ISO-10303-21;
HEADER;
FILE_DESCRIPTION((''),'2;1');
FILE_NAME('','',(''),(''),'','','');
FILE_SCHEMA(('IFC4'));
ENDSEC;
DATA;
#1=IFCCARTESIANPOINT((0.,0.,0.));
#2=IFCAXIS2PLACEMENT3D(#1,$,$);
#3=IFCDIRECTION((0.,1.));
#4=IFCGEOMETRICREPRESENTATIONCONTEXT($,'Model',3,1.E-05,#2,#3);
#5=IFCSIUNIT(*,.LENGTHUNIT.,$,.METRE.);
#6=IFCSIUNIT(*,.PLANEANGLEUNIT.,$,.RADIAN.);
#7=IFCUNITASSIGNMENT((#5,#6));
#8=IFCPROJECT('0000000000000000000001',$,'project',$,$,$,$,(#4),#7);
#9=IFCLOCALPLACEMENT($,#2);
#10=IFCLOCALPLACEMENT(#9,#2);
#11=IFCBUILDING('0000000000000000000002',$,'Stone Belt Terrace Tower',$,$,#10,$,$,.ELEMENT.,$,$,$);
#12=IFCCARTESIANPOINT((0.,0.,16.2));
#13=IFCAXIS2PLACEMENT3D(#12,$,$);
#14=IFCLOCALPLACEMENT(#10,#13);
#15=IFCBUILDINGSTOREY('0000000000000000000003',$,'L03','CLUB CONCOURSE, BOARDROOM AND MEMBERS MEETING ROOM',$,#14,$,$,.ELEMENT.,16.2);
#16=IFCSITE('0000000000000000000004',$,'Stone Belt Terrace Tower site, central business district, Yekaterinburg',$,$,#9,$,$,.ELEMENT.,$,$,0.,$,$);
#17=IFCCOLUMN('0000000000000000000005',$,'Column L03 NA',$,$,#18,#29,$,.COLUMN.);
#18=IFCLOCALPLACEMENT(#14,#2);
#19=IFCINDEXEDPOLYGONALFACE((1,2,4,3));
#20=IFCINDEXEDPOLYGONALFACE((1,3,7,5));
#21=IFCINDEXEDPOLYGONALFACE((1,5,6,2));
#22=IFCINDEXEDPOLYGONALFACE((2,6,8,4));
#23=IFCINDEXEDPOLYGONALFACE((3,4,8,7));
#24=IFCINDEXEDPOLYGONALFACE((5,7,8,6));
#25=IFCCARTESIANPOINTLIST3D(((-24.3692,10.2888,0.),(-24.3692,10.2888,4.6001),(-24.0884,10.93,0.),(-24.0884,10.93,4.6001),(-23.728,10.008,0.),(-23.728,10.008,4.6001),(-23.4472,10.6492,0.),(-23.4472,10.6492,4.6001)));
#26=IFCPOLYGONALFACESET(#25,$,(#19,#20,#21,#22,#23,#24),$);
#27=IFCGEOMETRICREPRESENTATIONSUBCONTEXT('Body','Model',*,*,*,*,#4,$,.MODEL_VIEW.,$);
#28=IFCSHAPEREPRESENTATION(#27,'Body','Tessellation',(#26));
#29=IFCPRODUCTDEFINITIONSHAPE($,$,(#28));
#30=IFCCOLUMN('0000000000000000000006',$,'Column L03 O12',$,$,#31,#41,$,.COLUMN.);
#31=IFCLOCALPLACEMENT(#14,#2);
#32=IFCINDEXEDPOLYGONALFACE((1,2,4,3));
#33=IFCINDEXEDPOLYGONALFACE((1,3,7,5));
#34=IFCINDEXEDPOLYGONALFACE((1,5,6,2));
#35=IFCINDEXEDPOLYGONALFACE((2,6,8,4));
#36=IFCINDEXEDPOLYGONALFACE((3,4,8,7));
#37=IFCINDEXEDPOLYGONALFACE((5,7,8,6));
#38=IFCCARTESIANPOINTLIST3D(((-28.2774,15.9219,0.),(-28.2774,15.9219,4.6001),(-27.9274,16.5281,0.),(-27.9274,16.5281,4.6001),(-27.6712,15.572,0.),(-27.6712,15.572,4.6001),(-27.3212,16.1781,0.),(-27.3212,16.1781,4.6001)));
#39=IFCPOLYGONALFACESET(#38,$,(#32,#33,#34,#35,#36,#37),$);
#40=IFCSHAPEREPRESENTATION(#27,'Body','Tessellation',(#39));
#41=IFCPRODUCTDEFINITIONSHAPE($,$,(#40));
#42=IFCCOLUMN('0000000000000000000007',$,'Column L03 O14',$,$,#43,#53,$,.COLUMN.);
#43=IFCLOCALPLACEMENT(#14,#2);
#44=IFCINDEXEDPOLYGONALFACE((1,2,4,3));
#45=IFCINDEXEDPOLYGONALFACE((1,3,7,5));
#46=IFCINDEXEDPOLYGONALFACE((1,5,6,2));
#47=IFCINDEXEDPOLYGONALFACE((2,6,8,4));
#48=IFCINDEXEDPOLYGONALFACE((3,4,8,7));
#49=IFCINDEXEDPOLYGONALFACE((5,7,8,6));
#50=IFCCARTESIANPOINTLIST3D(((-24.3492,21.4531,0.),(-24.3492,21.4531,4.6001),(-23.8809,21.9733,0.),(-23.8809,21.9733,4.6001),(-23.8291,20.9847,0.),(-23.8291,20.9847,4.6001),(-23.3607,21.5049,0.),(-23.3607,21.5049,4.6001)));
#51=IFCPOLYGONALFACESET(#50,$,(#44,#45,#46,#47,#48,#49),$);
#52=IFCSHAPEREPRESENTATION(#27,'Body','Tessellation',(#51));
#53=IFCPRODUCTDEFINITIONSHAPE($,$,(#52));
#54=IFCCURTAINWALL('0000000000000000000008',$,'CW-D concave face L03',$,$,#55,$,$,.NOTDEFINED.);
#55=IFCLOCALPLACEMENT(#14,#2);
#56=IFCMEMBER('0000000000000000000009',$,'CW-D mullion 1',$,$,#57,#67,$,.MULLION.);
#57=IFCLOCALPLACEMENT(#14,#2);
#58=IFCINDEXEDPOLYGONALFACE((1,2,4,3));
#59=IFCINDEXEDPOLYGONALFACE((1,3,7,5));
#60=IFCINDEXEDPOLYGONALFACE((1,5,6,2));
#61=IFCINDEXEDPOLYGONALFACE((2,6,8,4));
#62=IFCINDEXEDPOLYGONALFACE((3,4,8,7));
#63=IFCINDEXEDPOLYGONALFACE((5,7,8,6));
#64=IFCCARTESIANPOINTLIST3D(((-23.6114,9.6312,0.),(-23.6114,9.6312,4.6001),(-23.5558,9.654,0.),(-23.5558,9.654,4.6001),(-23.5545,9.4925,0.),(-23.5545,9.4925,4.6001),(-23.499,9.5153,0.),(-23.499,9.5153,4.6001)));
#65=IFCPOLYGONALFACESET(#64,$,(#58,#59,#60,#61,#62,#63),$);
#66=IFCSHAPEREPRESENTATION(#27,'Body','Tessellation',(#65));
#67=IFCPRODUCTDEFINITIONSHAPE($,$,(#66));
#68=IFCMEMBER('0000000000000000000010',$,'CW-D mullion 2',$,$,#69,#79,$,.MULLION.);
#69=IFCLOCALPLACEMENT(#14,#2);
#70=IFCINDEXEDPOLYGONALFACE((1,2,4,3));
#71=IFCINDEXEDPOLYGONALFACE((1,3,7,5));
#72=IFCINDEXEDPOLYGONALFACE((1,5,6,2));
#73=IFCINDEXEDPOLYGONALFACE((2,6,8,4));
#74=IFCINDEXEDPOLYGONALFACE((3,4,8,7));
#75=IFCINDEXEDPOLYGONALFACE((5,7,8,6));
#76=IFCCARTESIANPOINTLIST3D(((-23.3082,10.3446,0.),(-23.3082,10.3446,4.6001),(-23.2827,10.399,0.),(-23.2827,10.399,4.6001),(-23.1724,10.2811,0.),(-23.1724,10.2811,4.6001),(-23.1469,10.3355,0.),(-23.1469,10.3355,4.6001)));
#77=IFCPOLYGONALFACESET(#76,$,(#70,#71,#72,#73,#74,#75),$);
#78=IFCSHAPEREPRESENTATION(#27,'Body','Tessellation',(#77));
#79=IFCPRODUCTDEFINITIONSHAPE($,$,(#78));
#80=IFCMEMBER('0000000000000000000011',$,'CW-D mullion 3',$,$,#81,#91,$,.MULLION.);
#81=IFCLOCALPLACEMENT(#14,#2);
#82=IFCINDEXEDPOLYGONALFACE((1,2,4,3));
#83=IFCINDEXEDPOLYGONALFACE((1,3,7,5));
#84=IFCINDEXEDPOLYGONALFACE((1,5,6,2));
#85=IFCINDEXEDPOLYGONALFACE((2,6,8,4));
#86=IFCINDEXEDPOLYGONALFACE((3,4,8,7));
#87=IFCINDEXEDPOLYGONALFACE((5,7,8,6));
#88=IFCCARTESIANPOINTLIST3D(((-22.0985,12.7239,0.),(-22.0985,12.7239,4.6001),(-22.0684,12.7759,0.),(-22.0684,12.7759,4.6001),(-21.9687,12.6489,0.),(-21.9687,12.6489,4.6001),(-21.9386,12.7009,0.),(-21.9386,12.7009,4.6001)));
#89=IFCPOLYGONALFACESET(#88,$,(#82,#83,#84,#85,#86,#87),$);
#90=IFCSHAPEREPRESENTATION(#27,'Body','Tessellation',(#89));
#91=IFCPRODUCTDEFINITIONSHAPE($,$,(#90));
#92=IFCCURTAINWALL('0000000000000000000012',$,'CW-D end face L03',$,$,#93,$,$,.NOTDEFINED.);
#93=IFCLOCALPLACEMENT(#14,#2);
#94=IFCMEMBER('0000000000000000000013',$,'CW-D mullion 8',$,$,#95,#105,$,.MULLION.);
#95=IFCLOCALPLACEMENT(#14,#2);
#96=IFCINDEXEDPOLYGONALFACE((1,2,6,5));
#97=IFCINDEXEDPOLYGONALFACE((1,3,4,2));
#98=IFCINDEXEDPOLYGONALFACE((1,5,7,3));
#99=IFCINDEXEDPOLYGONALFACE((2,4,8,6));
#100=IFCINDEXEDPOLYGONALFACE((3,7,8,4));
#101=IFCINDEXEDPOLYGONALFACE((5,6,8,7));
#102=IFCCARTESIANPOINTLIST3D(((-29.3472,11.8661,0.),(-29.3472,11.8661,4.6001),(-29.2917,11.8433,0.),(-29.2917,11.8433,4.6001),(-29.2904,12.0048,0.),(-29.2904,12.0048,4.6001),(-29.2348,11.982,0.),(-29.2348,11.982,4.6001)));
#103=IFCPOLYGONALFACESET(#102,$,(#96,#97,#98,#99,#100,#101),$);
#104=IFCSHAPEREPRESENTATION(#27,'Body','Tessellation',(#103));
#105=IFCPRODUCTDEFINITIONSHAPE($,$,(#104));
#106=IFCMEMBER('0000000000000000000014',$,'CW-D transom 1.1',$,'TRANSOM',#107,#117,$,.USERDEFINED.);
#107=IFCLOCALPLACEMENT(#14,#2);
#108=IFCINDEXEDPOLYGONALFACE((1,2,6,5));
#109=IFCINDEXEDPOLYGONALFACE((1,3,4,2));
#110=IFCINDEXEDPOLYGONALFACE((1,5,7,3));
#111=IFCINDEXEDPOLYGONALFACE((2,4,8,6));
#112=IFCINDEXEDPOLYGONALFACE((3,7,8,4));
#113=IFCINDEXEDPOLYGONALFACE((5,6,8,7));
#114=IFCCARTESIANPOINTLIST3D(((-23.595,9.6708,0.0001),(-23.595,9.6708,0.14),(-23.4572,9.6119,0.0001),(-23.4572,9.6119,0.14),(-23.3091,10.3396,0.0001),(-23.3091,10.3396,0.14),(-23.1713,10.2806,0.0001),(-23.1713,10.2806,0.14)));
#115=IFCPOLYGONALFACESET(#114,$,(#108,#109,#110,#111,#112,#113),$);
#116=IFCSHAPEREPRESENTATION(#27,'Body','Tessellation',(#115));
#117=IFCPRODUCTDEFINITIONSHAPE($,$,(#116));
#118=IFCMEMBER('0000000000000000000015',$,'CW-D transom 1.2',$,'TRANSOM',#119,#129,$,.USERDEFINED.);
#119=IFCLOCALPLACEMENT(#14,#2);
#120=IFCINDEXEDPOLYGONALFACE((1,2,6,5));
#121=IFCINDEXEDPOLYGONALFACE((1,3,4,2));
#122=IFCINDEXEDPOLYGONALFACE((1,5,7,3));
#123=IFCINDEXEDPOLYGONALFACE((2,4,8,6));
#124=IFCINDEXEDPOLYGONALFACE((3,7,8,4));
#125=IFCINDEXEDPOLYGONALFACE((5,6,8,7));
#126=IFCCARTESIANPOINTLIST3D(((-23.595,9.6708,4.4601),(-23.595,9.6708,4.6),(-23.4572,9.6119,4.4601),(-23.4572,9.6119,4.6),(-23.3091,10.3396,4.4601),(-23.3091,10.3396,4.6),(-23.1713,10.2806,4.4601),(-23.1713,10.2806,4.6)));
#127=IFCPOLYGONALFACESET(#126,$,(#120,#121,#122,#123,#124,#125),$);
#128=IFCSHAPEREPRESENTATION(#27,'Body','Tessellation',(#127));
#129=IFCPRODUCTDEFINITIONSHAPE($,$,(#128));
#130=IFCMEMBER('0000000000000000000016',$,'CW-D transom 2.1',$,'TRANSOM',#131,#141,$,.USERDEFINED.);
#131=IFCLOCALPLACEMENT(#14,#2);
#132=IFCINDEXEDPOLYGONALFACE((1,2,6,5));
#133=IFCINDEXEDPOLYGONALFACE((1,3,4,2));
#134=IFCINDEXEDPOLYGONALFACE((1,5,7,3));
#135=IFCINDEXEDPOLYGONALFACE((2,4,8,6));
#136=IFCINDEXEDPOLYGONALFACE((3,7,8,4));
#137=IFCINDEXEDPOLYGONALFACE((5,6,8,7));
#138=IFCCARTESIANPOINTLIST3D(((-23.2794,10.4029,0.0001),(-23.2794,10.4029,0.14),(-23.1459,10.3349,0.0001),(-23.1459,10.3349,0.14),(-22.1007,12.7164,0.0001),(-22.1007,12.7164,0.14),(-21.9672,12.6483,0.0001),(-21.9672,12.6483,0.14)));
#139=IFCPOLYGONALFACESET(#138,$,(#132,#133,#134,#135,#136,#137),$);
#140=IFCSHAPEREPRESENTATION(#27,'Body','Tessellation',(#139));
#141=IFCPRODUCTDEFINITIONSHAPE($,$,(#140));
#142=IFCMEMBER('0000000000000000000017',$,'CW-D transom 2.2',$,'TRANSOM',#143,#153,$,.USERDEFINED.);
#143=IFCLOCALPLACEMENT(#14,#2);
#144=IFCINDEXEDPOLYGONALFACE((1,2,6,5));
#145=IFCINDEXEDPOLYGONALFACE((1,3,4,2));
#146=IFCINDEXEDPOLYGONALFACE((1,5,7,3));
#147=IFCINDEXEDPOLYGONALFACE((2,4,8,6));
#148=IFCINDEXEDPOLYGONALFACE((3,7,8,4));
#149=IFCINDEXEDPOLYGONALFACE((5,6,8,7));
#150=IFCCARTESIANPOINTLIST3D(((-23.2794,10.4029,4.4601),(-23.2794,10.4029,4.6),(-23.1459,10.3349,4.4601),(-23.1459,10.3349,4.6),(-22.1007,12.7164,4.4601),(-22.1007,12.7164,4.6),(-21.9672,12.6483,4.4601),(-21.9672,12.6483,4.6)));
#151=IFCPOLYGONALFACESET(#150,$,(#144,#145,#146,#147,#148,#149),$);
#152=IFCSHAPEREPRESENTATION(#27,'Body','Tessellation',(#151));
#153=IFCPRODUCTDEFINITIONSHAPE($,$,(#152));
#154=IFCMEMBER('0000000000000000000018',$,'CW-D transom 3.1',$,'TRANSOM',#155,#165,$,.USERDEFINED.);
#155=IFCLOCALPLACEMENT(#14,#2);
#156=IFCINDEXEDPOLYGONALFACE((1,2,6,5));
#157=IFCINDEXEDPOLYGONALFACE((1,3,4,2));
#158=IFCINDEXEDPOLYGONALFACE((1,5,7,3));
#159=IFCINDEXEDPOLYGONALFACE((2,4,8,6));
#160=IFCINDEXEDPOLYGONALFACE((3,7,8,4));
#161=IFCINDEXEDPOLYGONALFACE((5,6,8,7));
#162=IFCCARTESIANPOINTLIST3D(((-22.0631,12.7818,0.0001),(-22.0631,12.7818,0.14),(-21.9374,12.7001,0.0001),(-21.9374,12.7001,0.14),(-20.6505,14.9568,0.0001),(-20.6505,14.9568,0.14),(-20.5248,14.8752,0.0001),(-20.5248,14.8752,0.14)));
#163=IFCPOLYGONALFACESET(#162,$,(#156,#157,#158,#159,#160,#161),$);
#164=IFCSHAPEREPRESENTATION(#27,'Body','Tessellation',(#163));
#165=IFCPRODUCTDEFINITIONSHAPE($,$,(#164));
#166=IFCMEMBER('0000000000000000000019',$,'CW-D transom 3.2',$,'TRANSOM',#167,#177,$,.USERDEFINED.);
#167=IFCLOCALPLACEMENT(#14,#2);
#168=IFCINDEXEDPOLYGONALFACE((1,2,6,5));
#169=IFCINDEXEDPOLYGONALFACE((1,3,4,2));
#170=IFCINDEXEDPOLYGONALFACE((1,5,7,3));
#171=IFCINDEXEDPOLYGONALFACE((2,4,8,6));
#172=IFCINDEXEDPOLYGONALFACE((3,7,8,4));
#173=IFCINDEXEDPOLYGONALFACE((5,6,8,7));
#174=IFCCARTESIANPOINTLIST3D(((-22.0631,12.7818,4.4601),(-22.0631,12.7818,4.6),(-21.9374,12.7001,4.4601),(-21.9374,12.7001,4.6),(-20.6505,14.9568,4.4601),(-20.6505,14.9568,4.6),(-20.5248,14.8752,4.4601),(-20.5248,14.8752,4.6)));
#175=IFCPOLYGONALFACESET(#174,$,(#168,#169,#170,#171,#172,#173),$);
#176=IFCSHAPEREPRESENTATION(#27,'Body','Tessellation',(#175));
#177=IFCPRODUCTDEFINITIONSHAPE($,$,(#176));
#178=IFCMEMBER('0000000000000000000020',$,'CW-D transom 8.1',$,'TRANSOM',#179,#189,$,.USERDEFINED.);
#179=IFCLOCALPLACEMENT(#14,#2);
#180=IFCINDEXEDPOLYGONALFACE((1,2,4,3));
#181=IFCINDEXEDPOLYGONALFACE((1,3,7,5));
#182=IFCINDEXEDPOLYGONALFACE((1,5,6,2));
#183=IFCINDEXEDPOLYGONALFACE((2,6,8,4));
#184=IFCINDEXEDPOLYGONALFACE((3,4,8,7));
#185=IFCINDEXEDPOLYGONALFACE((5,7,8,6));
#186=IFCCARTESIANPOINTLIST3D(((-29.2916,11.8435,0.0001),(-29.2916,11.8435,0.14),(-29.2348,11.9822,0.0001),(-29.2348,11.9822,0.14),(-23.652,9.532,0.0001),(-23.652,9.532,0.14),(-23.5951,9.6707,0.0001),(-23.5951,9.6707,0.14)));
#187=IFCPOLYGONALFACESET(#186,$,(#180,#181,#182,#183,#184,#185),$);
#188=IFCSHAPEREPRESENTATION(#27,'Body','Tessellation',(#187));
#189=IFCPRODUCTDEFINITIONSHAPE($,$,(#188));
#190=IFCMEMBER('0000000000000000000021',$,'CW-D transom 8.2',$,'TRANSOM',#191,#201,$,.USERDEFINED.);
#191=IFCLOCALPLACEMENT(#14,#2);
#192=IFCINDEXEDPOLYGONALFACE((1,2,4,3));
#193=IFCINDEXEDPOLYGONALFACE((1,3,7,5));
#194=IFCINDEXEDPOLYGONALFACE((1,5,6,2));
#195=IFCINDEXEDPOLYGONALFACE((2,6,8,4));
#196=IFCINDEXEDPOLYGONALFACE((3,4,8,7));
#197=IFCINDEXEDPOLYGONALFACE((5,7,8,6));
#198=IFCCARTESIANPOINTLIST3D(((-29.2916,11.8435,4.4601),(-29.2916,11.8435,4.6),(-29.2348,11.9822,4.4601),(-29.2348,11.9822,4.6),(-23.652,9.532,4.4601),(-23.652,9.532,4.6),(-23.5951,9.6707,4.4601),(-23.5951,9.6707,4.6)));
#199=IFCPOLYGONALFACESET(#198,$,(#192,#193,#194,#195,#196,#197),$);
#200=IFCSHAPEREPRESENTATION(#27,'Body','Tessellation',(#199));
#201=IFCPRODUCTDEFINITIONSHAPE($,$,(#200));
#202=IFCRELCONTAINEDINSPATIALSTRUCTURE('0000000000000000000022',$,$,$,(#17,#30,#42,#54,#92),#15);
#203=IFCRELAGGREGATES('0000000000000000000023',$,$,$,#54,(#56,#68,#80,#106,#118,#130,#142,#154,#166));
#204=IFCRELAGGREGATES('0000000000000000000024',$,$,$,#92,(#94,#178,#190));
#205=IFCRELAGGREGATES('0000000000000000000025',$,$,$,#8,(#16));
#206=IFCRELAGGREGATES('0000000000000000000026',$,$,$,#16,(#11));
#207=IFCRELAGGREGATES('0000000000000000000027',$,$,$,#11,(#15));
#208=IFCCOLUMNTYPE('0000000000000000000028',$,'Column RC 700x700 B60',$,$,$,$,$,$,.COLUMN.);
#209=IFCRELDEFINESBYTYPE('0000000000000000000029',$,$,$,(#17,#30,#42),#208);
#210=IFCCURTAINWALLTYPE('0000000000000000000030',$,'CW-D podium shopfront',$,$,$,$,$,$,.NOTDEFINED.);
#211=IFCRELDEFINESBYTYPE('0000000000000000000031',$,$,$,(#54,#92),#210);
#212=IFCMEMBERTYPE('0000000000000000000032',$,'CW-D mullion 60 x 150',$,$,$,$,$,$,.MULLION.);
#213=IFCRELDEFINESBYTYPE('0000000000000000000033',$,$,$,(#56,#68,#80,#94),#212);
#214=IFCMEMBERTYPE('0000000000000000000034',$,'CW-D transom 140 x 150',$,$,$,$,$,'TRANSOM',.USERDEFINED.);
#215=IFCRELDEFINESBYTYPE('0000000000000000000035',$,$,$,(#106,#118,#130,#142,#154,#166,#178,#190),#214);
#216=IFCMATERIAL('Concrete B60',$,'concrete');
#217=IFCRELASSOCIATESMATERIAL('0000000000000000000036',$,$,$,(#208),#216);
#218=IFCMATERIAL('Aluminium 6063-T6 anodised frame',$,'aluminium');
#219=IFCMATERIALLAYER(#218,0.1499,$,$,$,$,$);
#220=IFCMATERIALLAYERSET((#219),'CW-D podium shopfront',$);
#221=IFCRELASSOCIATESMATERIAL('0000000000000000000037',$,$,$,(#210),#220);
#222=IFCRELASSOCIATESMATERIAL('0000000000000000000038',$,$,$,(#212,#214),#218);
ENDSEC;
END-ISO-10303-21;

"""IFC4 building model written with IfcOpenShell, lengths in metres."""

from ifc_helpers import new_model, si_unit, direction, frame, origin, origin_2d, place, context, subcontext, project, spatial, rectangle, extrude, material, layer, layer_set, material_profile, profile_set, type_object, element, aggregate, save


model = new_model("IFC4")

# Units and contexts
model_context = context("Model", 3, precision=1e-05, world=origin(), true_north=direction((0.0, 1.0)))
body_context = subcontext(model_context, "Body", "Model", "MODEL_VIEW")
ifc_project = project(units=[si_unit("LENGTHUNIT", "METRE"), si_unit("PLANEANGLEUNIT", "RADIAN")], contexts=[model_context])

# Site, building, storey
site_placement = place(None, origin())
site = spatial("IfcSite", under=ifc_project, at=site_placement, Name="Stone Belt Terrace Tower site, central business district, Yekaterinburg", CompositionType="ELEMENT", RefElevation=0.0)
building_placement = place(site_placement, origin())
building = spatial("IfcBuilding", under=site, at=building_placement, Name="Stone Belt Terrace Tower", CompositionType="ELEMENT")
storey_placement = place(building_placement, frame((0.0, 0.0, 16.2)))
storey = spatial("IfcBuildingStorey", under=building, at=storey_placement, Name="L03", Description="CLUB CONCOURSE, BOARDROOM AND MEMBERS MEETING ROOM", CompositionType="ELEMENT", Elevation=16.2)

# Columns
ifc_material_1 = material(Name="Concrete B60", Category="concrete")
ifc_material_profile_1 = material_profile(ifc_material_1, rectangle(XDim=0.7, YDim=0.7, at=origin_2d()), Name="RC 700x700")
ifc_profile_set_1 = profile_set([ifc_material_profile_1], Name="Concrete B60")
column_type = type_object("IfcColumnType", Name="Column RC 700x700 B60", PredefinedType="COLUMN", material=ifc_profile_set_1)
for number, where, z_axis, x_axis, name in (
    (1, (-23.9082, 10.469, 0.0), (0.0, 0.0, 1.0), (0.401115, 0.916028, 0.0), "Column L03 NA"),
    (2, (-27.7993, 16.05, 0.0), (0.0, 0.0, 1.0), (0.5, 0.866025, 0.0), "Column L03 O12"),
    (3, (-23.855, 21.479, 0.0), (0.0, 0.0, 1.0), (0.669131, 0.743145, 0.0), "Column L03 O14"),
):
    element("IfcColumn", number, at=place(storey_placement, frame(where, z_axis=z_axis, x_axis=x_axis)), inside=storey, type_object=column_type, Name=name, PredefinedType="COLUMN", context=body_context, shape_type="SweptSolid", body=[
        extrude(rectangle(XDim=0.7, YDim=0.7, at=origin_2d()), origin(), (0.0, 0.0, 1.0), 4.6001),
    ])

# Curtain wall, members
ifc_material_2 = material(Name="Aluminium 6063-T6 anodised frame", Category="aluminium")
ifc_layer_1 = layer(ifc_material_2, 0.1499)
ifc_layer_set_1 = layer_set([ifc_layer_1], Name="CW-D podium shopfront")
curtain_wall_type = type_object("IfcCurtainWallType", Name="CW-D podium shopfront", PredefinedType="NOTDEFINED", material=ifc_layer_set_1)
curtain_wall_1_placement = place(storey_placement, origin())
curtain_wall_1 = element("IfcCurtainWall", 4, at=curtain_wall_1_placement, inside=storey, type_object=curtain_wall_type, Name="CW-D concave face L03", PredefinedType="NOTDEFINED")
ifc_material_profile_2 = material_profile(ifc_material_2, rectangle(XDim=0.1499, YDim=0.0601, at=origin_2d()), Name="Aluminium 6063-T6 60x150")
ifc_profile_set_2 = profile_set([ifc_material_profile_2], Name="Aluminium 6063-T6 anodised frame")
member_type_1 = type_object("IfcMemberType", Name="CW-D mullion 60 x 150", PredefinedType="MULLION", material=ifc_profile_set_2)
member_1_placement = place(storey_placement, frame((-23.5552, 9.5732, 0.0), z_axis=(0.0, 0.0, 1.0), x_axis=(-0.379212, 0.92531, 0.0)))
member_1 = element("IfcMember", 5, at=member_1_placement, type_object=member_type_1, Name="CW-D mullion 1", PredefinedType="MULLION", context=body_context, shape_type="SweptSolid", body=[
    extrude(rectangle(XDim=0.1499, YDim=0.0601, at=origin_2d()), origin(), (0.0, 0.0, 1.0), 4.6001),
])
member_2_placement = place(storey_placement, frame((-23.2275, 10.3401, 0.0), z_axis=(0.0, 0.0, 1.0), x_axis=(-0.905778, 0.423752, 0.0)))
member_2 = element("IfcMember", 6, at=member_2_placement, type_object=member_type_1, Name="CW-D mullion 2", PredefinedType="MULLION", context=body_context, shape_type="SweptSolid", body=[
    extrude(rectangle(XDim=0.1499, YDim=0.0601, at=origin_2d()), origin(), (0.0, 0.0, 1.0), 4.6001),
])
member_3_placement = place(storey_placement, frame((-22.0186, 12.7124, 0.0), z_axis=(0.0, 0.0, 1.0), x_axis=(-0.866025, 0.5, 0.0)))
member_3 = element("IfcMember", 7, at=member_3_placement, type_object=member_type_1, Name="CW-D mullion 3", PredefinedType="MULLION", context=body_context, shape_type="SweptSolid", body=[
    extrude(rectangle(XDim=0.1499, YDim=0.0601, at=origin_2d()), origin(), (0.0, 0.0, 1.0), 4.6001),
])

# Curtain wall, member
curtain_wall_2_placement = place(storey_placement, origin())
curtain_wall_2 = element("IfcCurtainWall", 8, at=curtain_wall_2_placement, inside=storey, type_object=curtain_wall_type, Name="CW-D end face L03", PredefinedType="NOTDEFINED")
member_4_placement = place(storey_placement, frame((-29.291, 11.9241, 0.0), z_axis=(0.0, 0.0, 1.0), x_axis=(0.379243, 0.925297, 0.0)))
member_4 = element("IfcMember", 9, at=member_4_placement, type_object=member_type_1, Name="CW-D mullion 8", PredefinedType="MULLION", context=body_context, shape_type="SweptSolid", body=[
    extrude(rectangle(XDim=0.1499, YDim=0.0601, at=origin_2d()), origin(), (0.0, 0.0, 1.0), 4.6001),
])

# Members
ifc_material_profile_3 = material_profile(ifc_material_2, rectangle(XDim=0.1499, YDim=0.1399, at=origin_2d()), Name="Aluminium 6063-T6 150x140")
ifc_profile_set_3 = profile_set([ifc_material_profile_3], Name="Aluminium 6063-T6 anodised frame")
member_type_2 = type_object("IfcMemberType", Name="CW-D transom 140 x 150", ElementType="TRANSOM", PredefinedType="USERDEFINED", material=ifc_profile_set_3)
member_5_placement = place(storey_placement, frame((-23.5261, 9.6414, 0.0701), z_axis=(0.393109, 0.919492, 0.0), x_axis=(-0.919492, 0.393109, 0.0)))
member_5 = element("IfcMember", 10, at=member_5_placement, type_object=member_type_2, Name="CW-D transom 1.1", ObjectType="TRANSOM", PredefinedType="USERDEFINED", context=body_context, shape_type="SweptSolid", body=[
    extrude(rectangle(XDim=0.1499, YDim=0.1399, at=origin_2d()), origin(), (0.0, 0.0, 1.0), 0.7273),
])
member_6_placement = place(storey_placement, frame((-23.5261, 9.6414, 4.53), z_axis=(0.393109, 0.919492, 0.0), x_axis=(-0.919492, 0.393109, 0.0)))
member_6 = element("IfcMember", 11, at=member_6_placement, type_object=member_type_2, Name="CW-D transom 1.2", ObjectType="TRANSOM", PredefinedType="USERDEFINED", context=body_context, shape_type="SweptSolid", body=[
    extrude(rectangle(XDim=0.1499, YDim=0.1399, at=origin_2d()), origin(), (0.0, 0.0, 1.0), 0.7273),
])
member_7_placement = place(storey_placement, frame((-23.2126, 10.3689, 0.0701), z_axis=(0.453971, 0.891017, 0.0), x_axis=(-0.891017, 0.453971, 0.0)))
member_7 = element("IfcMember", 12, at=member_7_placement, type_object=member_type_2, Name="CW-D transom 2.1", ObjectType="TRANSOM", PredefinedType="USERDEFINED", context=body_context, shape_type="SweptSolid", body=[
    extrude(rectangle(XDim=0.1499, YDim=0.1399, at=origin_2d()), origin(), (0.0, 0.0, 1.0), 2.5964),
])
member_8_placement = place(storey_placement, frame((-23.2126, 10.3689, 4.53), z_axis=(0.453971, 0.891017, 0.0), x_axis=(-0.891017, 0.453971, 0.0)))
member_8 = element("IfcMember", 13, at=member_8_placement, type_object=member_type_2, Name="CW-D transom 2.2", ObjectType="TRANSOM", PredefinedType="USERDEFINED", context=body_context, shape_type="SweptSolid", body=[
    extrude(rectangle(XDim=0.1499, YDim=0.1399, at=origin_2d()), origin(), (0.0, 0.0, 1.0), 2.5964),
])
member_9_placement = place(storey_placement, frame((-22.0002, 12.741, 0.0701), z_axis=(0.544667, 0.838652, 0.0), x_axis=(-0.838652, 0.544667, 0.0)))
member_9 = element("IfcMember", 14, at=member_9_placement, type_object=member_type_2, Name="CW-D transom 3.1", ObjectType="TRANSOM", PredefinedType="USERDEFINED", context=body_context, shape_type="SweptSolid", body=[
    extrude(rectangle(XDim=0.1499, YDim=0.1399, at=origin_2d()), origin(), (0.0, 0.0, 1.0), 2.5935),
])
member_10_placement = place(storey_placement, frame((-22.0002, 12.741, 4.53), z_axis=(0.544667, 0.838652, 0.0), x_axis=(-0.838652, 0.544667, 0.0)))
member_10 = element("IfcMember", 15, at=member_10_placement, type_object=member_type_2, Name="CW-D transom 3.2", ObjectType="TRANSOM", PredefinedType="USERDEFINED", context=body_context, shape_type="SweptSolid", body=[
    extrude(rectangle(XDim=0.1499, YDim=0.1399, at=origin_2d()), origin(), (0.0, 0.0, 1.0), 2.5935),
])
member_11_placement = place(storey_placement, frame((-29.2632, 11.9128, 0.0701), z_axis=(0.925294, -0.37925, 0.0), x_axis=(0.37925, 0.925294, 0.0)))
member_11 = element("IfcMember", 16, at=member_11_placement, type_object=member_type_2, Name="CW-D transom 8.1", ObjectType="TRANSOM", PredefinedType="USERDEFINED", context=body_context, shape_type="SweptSolid", body=[
    extrude(rectangle(XDim=0.1499, YDim=0.1399, at=origin_2d()), origin(), (0.0, 0.0, 1.0), 6.095),
])
member_12_placement = place(storey_placement, frame((-29.2632, 11.9128, 4.53), z_axis=(0.925294, -0.37925, 0.0), x_axis=(0.37925, 0.925294, 0.0)))
member_12 = element("IfcMember", 17, at=member_12_placement, type_object=member_type_2, Name="CW-D transom 8.2", ObjectType="TRANSOM", PredefinedType="USERDEFINED", context=body_context, shape_type="SweptSolid", body=[
    extrude(rectangle(XDim=0.1499, YDim=0.1399, at=origin_2d()), origin(), (0.0, 0.0, 1.0), 6.095),
])

aggregate(curtain_wall_1, [member_1, member_2, member_3, member_5, member_6, member_7, member_8, member_9, member_10])
aggregate(curtain_wall_2, [member_4, member_11, member_12])

save(model, "model.ifc")
